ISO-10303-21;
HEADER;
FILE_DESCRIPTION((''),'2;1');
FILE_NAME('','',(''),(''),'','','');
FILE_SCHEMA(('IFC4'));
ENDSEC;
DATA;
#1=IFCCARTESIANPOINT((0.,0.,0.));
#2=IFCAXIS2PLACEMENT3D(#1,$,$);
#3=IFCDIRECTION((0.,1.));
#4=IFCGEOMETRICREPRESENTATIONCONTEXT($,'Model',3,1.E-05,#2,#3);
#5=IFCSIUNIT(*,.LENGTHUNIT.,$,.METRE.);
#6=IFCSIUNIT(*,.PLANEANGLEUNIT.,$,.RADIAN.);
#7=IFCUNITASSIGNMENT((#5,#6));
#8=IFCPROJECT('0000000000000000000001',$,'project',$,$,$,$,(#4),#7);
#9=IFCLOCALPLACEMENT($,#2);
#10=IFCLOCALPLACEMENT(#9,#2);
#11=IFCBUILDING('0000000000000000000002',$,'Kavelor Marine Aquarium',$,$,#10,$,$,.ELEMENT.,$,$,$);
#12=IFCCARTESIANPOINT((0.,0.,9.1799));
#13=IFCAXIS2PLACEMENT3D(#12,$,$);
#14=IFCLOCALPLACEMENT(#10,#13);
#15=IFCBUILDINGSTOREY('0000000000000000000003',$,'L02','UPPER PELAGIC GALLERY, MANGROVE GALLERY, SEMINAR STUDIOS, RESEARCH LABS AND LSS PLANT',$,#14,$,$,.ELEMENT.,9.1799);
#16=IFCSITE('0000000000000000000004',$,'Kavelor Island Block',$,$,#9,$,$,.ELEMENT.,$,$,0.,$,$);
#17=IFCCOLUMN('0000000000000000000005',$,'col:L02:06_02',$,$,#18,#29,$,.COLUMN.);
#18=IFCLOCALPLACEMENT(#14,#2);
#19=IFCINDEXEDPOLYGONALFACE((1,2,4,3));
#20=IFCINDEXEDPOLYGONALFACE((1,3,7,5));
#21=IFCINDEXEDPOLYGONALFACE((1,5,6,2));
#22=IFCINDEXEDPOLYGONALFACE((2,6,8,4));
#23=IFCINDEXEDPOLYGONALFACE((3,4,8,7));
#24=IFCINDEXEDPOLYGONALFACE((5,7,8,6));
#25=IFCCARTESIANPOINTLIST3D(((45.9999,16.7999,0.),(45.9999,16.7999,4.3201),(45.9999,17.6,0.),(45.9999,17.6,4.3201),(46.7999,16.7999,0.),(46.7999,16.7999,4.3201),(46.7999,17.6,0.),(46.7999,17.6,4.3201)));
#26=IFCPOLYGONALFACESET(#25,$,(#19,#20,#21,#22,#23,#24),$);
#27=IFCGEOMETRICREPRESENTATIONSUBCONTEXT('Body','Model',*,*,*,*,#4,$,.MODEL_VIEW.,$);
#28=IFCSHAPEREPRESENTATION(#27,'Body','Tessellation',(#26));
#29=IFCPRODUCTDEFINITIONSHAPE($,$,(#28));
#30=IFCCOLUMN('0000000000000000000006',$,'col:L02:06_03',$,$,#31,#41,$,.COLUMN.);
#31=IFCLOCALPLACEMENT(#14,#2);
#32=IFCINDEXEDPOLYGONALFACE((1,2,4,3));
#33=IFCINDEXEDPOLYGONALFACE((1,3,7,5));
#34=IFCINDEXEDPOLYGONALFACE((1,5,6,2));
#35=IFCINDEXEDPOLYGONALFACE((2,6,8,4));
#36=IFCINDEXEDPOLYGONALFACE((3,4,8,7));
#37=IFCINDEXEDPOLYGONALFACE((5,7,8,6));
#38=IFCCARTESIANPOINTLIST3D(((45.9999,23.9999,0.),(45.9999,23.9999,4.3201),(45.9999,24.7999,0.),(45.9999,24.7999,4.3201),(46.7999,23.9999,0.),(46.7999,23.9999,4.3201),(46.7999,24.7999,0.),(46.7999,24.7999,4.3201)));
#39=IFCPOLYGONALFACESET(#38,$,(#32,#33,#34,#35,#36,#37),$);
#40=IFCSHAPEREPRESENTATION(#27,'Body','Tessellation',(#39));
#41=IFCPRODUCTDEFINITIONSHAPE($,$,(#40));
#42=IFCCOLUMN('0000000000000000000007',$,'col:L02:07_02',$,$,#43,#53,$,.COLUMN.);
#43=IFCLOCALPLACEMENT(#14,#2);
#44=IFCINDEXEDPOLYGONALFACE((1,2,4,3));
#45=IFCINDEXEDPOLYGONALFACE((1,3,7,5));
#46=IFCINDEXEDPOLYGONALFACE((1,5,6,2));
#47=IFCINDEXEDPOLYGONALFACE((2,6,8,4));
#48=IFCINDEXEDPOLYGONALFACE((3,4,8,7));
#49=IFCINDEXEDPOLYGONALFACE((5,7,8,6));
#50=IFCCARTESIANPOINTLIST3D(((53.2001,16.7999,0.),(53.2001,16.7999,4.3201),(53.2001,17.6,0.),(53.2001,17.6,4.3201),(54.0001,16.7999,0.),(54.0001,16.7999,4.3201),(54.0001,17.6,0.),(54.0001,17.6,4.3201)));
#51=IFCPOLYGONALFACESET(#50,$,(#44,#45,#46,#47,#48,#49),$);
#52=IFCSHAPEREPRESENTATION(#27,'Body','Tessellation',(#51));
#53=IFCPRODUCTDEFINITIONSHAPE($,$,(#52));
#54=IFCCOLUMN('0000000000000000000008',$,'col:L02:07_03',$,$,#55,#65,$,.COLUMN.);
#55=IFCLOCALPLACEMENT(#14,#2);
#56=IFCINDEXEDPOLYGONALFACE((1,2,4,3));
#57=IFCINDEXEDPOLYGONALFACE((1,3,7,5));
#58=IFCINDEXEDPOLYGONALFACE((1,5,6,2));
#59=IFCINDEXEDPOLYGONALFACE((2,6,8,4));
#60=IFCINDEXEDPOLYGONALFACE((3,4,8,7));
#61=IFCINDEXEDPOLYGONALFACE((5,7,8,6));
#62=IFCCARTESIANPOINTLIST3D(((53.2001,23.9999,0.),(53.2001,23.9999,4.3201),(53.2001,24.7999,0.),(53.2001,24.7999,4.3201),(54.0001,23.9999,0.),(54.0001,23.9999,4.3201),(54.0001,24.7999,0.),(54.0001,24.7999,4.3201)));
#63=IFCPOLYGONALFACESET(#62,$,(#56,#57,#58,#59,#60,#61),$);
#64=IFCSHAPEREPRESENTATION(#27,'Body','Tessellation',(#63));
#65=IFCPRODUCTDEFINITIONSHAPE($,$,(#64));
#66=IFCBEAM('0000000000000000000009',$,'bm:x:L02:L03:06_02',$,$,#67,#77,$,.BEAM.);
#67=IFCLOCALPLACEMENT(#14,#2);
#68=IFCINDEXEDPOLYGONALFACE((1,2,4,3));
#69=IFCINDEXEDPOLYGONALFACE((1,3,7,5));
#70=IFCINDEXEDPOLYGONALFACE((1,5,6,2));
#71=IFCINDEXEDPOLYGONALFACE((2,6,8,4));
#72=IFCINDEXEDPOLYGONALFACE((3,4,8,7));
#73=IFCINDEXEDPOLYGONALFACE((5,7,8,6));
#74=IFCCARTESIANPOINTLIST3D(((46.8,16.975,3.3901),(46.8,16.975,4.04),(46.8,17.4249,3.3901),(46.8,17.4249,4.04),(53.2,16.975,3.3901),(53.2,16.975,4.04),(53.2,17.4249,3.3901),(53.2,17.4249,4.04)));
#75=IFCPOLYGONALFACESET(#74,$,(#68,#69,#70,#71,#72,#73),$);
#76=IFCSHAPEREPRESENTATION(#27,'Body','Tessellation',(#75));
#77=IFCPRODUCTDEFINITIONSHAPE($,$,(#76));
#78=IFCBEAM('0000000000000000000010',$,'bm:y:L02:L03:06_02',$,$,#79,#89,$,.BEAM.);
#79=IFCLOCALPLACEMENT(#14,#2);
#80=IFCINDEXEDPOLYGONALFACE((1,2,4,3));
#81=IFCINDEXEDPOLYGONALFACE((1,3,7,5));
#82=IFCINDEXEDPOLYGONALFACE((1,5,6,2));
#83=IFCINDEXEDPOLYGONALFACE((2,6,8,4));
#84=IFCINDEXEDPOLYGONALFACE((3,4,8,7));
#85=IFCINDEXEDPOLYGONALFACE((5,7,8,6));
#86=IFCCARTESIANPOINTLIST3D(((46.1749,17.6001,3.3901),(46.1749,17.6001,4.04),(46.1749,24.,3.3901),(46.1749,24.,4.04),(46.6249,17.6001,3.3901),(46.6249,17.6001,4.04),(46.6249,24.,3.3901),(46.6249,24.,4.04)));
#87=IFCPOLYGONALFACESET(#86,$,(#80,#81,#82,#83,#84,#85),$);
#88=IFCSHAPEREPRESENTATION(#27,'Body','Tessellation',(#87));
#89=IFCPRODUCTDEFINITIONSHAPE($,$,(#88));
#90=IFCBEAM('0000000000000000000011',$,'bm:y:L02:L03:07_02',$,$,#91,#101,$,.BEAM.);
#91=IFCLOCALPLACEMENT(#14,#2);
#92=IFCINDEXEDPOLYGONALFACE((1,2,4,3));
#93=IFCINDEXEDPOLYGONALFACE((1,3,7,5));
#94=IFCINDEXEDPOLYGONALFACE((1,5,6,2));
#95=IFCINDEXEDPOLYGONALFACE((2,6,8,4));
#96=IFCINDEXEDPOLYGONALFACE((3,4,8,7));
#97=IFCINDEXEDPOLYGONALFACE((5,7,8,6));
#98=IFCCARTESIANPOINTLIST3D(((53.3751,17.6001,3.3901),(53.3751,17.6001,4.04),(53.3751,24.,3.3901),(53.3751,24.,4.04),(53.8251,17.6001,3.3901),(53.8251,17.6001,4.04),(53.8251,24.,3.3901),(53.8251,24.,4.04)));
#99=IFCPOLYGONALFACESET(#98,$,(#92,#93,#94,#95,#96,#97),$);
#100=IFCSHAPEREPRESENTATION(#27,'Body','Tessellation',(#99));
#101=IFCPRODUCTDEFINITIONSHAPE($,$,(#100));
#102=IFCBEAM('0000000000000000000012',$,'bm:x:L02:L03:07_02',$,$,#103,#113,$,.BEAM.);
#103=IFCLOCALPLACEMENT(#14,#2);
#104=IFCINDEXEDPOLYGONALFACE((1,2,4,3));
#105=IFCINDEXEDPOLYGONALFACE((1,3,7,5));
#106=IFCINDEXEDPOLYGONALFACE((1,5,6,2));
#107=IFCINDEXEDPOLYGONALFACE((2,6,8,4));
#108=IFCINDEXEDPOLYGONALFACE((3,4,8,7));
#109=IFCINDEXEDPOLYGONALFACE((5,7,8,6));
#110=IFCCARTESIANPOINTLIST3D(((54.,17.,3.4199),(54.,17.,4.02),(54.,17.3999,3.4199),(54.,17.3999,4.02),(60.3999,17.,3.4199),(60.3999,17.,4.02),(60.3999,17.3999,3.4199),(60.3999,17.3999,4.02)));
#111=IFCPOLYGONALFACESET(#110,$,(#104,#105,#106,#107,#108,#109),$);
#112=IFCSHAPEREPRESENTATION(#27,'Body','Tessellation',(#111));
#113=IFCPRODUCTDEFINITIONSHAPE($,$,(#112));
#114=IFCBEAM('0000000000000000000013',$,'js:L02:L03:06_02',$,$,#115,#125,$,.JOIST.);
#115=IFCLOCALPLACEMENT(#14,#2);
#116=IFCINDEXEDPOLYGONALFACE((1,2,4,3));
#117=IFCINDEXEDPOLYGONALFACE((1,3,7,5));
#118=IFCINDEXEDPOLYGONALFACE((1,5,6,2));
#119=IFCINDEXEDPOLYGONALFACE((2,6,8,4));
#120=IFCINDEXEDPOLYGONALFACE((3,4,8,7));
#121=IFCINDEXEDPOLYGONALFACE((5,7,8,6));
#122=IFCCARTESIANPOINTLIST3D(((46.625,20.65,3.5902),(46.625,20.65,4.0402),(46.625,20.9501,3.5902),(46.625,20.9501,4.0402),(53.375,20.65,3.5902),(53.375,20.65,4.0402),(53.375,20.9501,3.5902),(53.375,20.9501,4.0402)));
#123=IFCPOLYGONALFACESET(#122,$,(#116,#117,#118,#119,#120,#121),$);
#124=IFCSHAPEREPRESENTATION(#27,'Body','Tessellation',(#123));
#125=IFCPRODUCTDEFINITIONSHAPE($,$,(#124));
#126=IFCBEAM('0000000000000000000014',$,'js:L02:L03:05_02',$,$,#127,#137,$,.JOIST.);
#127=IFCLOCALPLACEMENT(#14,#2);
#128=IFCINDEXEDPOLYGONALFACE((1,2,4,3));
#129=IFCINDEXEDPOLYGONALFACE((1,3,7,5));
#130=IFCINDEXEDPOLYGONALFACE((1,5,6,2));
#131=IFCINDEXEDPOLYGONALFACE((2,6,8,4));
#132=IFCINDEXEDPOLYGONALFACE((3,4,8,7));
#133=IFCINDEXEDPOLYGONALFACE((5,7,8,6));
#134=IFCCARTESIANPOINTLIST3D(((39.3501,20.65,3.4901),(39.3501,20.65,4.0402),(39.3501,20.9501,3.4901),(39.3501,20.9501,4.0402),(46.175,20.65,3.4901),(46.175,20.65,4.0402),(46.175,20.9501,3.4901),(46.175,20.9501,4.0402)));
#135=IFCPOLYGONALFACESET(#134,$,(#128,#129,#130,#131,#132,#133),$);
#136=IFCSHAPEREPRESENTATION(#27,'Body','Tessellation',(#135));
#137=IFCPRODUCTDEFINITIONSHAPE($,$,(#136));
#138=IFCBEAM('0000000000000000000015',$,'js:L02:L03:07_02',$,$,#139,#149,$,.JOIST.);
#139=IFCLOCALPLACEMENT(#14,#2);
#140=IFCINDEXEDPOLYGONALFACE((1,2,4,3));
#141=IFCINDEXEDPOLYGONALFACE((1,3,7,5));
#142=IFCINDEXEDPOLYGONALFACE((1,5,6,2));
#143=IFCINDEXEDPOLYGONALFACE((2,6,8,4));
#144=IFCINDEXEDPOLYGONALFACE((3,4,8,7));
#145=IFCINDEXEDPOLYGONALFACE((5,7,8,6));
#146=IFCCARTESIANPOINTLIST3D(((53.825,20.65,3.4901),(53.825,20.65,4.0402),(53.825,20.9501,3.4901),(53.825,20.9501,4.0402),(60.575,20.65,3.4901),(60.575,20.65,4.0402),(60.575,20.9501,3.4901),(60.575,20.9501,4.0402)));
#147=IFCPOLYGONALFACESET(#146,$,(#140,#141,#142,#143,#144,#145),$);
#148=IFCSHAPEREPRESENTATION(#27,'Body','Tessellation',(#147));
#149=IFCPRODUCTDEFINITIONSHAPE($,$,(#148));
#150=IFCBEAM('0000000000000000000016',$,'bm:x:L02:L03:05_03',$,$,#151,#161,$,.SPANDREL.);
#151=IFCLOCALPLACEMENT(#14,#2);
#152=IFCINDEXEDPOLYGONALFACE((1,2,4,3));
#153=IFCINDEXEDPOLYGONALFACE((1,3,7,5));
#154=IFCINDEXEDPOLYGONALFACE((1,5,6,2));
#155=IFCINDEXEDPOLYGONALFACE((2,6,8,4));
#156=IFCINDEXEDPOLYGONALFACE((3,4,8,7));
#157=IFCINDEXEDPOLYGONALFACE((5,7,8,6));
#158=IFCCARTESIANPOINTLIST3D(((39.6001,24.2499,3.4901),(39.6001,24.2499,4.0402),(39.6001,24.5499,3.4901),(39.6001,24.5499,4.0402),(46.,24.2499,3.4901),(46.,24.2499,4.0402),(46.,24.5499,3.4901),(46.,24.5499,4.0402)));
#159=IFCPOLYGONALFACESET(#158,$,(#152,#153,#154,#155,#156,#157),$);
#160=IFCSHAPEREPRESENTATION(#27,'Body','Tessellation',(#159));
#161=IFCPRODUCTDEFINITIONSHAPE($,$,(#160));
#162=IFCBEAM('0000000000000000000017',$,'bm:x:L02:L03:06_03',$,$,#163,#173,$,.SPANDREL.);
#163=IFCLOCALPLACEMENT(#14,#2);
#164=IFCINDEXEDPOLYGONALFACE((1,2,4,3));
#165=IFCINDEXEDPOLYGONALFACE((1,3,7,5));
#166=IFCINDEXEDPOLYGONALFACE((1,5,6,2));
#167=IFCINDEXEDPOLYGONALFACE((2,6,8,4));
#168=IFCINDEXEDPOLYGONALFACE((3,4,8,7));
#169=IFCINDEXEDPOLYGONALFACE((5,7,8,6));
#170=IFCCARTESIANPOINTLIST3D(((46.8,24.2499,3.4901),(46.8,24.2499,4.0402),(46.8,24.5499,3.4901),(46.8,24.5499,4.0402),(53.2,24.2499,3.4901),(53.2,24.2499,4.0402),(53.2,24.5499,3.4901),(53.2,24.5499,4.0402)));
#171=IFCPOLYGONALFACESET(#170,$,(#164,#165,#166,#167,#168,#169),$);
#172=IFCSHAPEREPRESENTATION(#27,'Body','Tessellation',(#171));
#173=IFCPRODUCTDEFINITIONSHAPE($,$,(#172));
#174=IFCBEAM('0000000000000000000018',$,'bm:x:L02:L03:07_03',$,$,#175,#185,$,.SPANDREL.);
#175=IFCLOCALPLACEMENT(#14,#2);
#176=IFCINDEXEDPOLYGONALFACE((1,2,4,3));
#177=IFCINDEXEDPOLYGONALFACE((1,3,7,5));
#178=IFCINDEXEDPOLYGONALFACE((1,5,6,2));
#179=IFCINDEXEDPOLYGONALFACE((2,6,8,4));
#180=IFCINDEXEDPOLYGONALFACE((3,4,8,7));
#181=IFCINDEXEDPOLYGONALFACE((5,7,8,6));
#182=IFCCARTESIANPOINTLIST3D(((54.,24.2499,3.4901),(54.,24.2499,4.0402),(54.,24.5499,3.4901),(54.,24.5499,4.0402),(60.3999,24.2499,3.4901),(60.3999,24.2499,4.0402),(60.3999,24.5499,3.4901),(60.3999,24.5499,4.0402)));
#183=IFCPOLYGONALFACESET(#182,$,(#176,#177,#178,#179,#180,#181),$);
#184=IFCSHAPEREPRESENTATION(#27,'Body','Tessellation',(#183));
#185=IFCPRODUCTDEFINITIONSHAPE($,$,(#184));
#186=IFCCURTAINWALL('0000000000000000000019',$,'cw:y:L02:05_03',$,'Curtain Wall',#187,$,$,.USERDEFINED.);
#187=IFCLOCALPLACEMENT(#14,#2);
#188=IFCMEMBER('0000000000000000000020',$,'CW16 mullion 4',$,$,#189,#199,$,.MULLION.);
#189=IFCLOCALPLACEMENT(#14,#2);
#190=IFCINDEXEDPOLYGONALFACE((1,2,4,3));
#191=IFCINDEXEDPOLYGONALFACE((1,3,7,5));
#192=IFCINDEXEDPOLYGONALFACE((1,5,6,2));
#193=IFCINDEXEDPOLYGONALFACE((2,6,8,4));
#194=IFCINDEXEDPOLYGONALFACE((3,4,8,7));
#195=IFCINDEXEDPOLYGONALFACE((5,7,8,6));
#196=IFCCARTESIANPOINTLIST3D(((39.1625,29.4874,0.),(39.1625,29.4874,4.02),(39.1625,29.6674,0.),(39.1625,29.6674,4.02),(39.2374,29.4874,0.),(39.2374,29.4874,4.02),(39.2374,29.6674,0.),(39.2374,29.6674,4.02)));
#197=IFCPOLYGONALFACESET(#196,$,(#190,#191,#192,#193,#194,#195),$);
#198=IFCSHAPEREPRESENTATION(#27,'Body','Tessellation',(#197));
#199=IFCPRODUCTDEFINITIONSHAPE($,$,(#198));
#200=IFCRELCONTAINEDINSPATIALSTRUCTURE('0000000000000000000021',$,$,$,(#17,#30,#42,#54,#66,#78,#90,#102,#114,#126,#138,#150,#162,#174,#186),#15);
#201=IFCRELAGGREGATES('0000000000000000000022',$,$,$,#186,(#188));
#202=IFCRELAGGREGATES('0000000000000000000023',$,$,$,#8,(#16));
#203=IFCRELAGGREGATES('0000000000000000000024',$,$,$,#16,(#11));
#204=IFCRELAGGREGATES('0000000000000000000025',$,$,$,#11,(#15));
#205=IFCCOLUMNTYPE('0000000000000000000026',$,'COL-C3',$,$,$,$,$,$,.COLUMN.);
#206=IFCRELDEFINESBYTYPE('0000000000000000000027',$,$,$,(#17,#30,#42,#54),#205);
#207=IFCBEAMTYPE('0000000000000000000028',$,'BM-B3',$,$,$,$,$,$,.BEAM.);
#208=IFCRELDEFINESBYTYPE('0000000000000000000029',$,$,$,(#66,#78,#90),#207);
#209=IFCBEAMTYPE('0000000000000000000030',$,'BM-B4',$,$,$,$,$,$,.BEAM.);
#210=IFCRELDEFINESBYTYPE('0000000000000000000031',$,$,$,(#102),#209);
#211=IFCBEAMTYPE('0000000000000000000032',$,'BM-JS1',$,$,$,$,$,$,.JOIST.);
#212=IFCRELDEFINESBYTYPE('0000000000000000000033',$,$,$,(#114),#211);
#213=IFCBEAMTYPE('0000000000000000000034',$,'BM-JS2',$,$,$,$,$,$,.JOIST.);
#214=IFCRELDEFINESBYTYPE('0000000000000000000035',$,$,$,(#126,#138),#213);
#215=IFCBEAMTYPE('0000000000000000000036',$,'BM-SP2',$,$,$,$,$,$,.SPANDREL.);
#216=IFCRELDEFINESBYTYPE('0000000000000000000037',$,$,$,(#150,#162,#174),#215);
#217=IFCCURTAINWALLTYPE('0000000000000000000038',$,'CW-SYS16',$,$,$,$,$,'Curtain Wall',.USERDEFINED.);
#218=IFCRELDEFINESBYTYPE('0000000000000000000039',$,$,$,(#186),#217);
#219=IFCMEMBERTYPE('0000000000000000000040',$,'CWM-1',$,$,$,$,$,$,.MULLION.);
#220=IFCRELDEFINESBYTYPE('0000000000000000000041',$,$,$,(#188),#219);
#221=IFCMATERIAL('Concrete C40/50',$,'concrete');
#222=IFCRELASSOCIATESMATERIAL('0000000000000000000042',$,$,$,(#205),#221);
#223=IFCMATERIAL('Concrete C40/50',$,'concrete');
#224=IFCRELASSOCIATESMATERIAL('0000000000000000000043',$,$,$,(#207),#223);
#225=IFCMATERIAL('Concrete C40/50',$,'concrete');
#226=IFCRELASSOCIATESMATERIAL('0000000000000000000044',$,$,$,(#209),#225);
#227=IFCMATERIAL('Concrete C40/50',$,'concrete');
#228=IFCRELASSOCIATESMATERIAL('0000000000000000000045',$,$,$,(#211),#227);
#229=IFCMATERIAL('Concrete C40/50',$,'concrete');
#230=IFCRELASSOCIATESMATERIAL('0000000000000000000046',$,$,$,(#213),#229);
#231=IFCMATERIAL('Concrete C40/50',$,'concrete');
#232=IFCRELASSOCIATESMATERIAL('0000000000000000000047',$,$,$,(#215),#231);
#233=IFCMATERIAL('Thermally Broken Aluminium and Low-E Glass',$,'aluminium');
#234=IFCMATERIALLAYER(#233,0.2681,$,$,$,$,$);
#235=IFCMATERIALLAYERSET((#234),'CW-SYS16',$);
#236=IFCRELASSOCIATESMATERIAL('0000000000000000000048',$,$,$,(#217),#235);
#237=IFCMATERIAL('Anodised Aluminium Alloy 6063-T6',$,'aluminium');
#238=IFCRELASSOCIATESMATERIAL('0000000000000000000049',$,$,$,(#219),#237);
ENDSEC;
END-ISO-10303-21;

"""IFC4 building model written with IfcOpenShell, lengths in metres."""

from ifc_helpers import new_model, si_unit, direction, frame, origin, origin_2d, place, context, subcontext, project, spatial, rectangle, extrude, material, layer, layer_set, material_profile, profile_set, type_object, element, aggregate, save


model = new_model("IFC4")

# Units and contexts
model_context = context("Model", 3, precision=1e-05, world=origin(), true_north=direction((0.0, 1.0)))
body_context = subcontext(model_context, "Body", "Model", "MODEL_VIEW")
ifc_project = project(units=[si_unit("LENGTHUNIT", "METRE"), si_unit("PLANEANGLEUNIT", "RADIAN")], contexts=[model_context])

# Site, building, storey
site_placement = place(None, origin())
site = spatial("IfcSite", under=ifc_project, at=site_placement, Name="Kavelor Island Block", CompositionType="ELEMENT", RefElevation=0.0)
building_placement = place(site_placement, origin())
building = spatial("IfcBuilding", under=site, at=building_placement, Name="Kavelor Marine Aquarium", CompositionType="ELEMENT")
storey_placement = place(building_placement, frame((0.0, 0.0, 9.1799)))
storey = spatial("IfcBuildingStorey", under=building, at=storey_placement, Name="L02", Description="UPPER PELAGIC GALLERY, MANGROVE GALLERY, SEMINAR STUDIOS, RESEARCH LABS AND LSS PLANT", CompositionType="ELEMENT", Elevation=9.1799)

# Columns
ifc_material_1 = material(Name="Concrete C40/50", Category="concrete")
ifc_material_profile_1 = material_profile(ifc_material_1, rectangle(XDim=0.8, YDim=0.8, at=origin_2d()), Name="RC-COL 800x800")
ifc_profile_set_1 = profile_set([ifc_material_profile_1], Name="Concrete C40/50")
column_type = type_object("IfcColumnType", Name="COL-C3", PredefinedType="COLUMN", material=ifc_profile_set_1)
for number, where, z_axis, x_axis, name in (
    (1, (46.3999, 17.2, 0.0), (0.0, 0.0, 1.0), (1.0, 0.0, 0.0), "col:L02:06_02"),
    (2, (46.3999, 24.3999, 0.0), (0.0, 0.0, 1.0), (1.0, 0.0, 0.0), "col:L02:06_03"),
    (3, (53.6001, 17.2, 0.0), (0.0, 0.0, 1.0), (1.0, 0.0, 0.0), "col:L02:07_02"),
    (4, (53.6001, 24.3999, 0.0), (0.0, 0.0, 1.0), (1.0, 0.0, 0.0), "col:L02:07_03"),
):
    element("IfcColumn", number, at=place(storey_placement, frame(where, z_axis=z_axis, x_axis=x_axis)), inside=storey, type_object=column_type, Name=name, PredefinedType="COLUMN", context=body_context, shape_type="SweptSolid", body=[
        extrude(rectangle(XDim=0.8, YDim=0.8, at=origin_2d()), origin(), (0.0, 0.0, 1.0), 4.3201),
    ])

# Beams
ifc_material_2 = material(Name="Concrete C40/50", Category="concrete")
ifc_material_profile_2 = material_profile(ifc_material_2, rectangle(XDim=0.45, YDim=0.6499, at=origin_2d()), Name="RC-BM 450x650")
ifc_profile_set_2 = profile_set([ifc_material_profile_2], Name="Concrete C40/50")
beam_type_1 = type_object("IfcBeamType", Name="BM-B3", PredefinedType="BEAM", material=ifc_profile_set_2)
for number, where, z_axis, x_axis, name in (
    (5, (46.8, 17.2, 3.7151), (1.0, 0.0, 0.0), (0.0, 1.0, 0.0), "bm:x:L02:L03:06_02"),
    (6, (46.3999, 17.6001, 3.7151), (0.0, 1.0, 0.0), (-1.0, 0.0, 0.0), "bm:y:L02:L03:06_02"),
    (7, (53.6001, 17.6001, 3.7151), (0.0, 1.0, 0.0), (-1.0, 0.0, 0.0), "bm:y:L02:L03:07_02"),
):
    element("IfcBeam", number, at=place(storey_placement, frame(where, z_axis=z_axis, x_axis=x_axis)), inside=storey, type_object=beam_type_1, Name=name, PredefinedType="BEAM", context=body_context, shape_type="SweptSolid", body=[
        extrude(rectangle(XDim=0.45, YDim=0.6499, at=origin_2d()), origin(), (0.0, 0.0, 1.0), 6.3999),
    ])
ifc_material_3 = material(Name="Concrete C40/50", Category="concrete")
ifc_material_profile_3 = material_profile(ifc_material_3, rectangle(XDim=0.3999, YDim=0.6001, at=origin_2d()), Name="RC-BM 400x600")
ifc_profile_set_3 = profile_set([ifc_material_profile_3], Name="Concrete C40/50")
beam_type_2 = type_object("IfcBeamType", Name="BM-B4", PredefinedType="BEAM", material=ifc_profile_set_3)
beam_1_placement = place(storey_placement, frame((54.0, 17.2, 3.72), z_axis=(1.0, 0.0, 0.0), x_axis=(0.0, 1.0, 0.0)))
element("IfcBeam", 8, at=beam_1_placement, inside=storey, type_object=beam_type_2, Name="bm:x:L02:L03:07_02", PredefinedType="BEAM", context=body_context, shape_type="SweptSolid", body=[
    extrude(rectangle(XDim=0.3999, YDim=0.6001, at=origin_2d()), origin(), (0.0, 0.0, 1.0), 6.3999),
])
ifc_material_4 = material(Name="Concrete C40/50", Category="concrete")
ifc_material_profile_4 = material_profile(ifc_material_4, rectangle(XDim=0.3, YDim=0.45, at=origin_2d()), Name="RC-JS 300x450")
ifc_profile_set_4 = profile_set([ifc_material_profile_4], Name="Concrete C40/50")
beam_type_3 = type_object("IfcBeamType", Name="BM-JS1", PredefinedType="JOIST", material=ifc_profile_set_4)
beam_2_placement = place(storey_placement, frame((46.625, 20.8, 3.8152), z_axis=(1.0, 0.0, 0.0), x_axis=(0.0, 1.0, 0.0)))
element("IfcBeam", 9, at=beam_2_placement, inside=storey, type_object=beam_type_3, Name="js:L02:L03:06_02", PredefinedType="JOIST", context=body_context, shape_type="SweptSolid", body=[
    extrude(rectangle(XDim=0.3, YDim=0.45, at=origin_2d()), origin(), (0.0, 0.0, 1.0), 6.75),
])
ifc_material_5 = material(Name="Concrete C40/50", Category="concrete")
ifc_material_profile_5 = material_profile(ifc_material_5, rectangle(XDim=0.3, YDim=0.55, at=origin_2d()), Name="RC-JS 300x550")
ifc_profile_set_5 = profile_set([ifc_material_profile_5], Name="Concrete C40/50")
beam_type_4 = type_object("IfcBeamType", Name="BM-JS2", PredefinedType="JOIST", material=ifc_profile_set_5)
beam_3_placement = place(storey_placement, frame((39.3501, 20.8, 3.7651), z_axis=(1.0, 0.0, 0.0), x_axis=(0.0, 1.0, 0.0)))
element("IfcBeam", 10, at=beam_3_placement, inside=storey, type_object=beam_type_4, Name="js:L02:L03:05_02", PredefinedType="JOIST", context=body_context, shape_type="SweptSolid", body=[
    extrude(rectangle(XDim=0.3, YDim=0.55, at=origin_2d()), origin(), (0.0, 0.0, 1.0), 6.825),
])
beam_4_placement = place(storey_placement, frame((53.825, 20.8, 3.7651), z_axis=(1.0, 0.0, 0.0), x_axis=(0.0, 1.0, 0.0)))
element("IfcBeam", 11, at=beam_4_placement, inside=storey, type_object=beam_type_4, Name="js:L02:L03:07_02", PredefinedType="JOIST", context=body_context, shape_type="SweptSolid", body=[
    extrude(rectangle(XDim=0.3, YDim=0.55, at=origin_2d()), origin(), (0.0, 0.0, 1.0), 6.75),
])
ifc_material_6 = material(Name="Concrete C40/50", Category="concrete")
ifc_material_profile_6 = material_profile(ifc_material_6, rectangle(XDim=0.3, YDim=0.55, at=origin_2d()), Name="RC-SP 300x550")
ifc_profile_set_6 = profile_set([ifc_material_profile_6], Name="Concrete C40/50")
beam_type_5 = type_object("IfcBeamType", Name="BM-SP2", PredefinedType="SPANDREL", material=ifc_profile_set_6)
for number, where, z_axis, x_axis, name in (
    (12, (39.6001, 24.3999, 3.7651), (1.0, 0.0, 0.0), (0.0, 1.0, 0.0), "bm:x:L02:L03:05_03"),
    (13, (46.8, 24.3999, 3.7651), (1.0, 0.0, 0.0), (0.0, 1.0, 0.0), "bm:x:L02:L03:06_03"),
    (14, (54.0, 24.3999, 3.7651), (1.0, 0.0, 0.0), (0.0, 1.0, 0.0), "bm:x:L02:L03:07_03"),
):
    element("IfcBeam", number, at=place(storey_placement, frame(where, z_axis=z_axis, x_axis=x_axis)), inside=storey, type_object=beam_type_5, Name=name, PredefinedType="SPANDREL", context=body_context, shape_type="SweptSolid", body=[
        extrude(rectangle(XDim=0.3, YDim=0.55, at=origin_2d()), origin(), (0.0, 0.0, 1.0), 6.3999),
    ])

# Curtain wall, member
ifc_material_7 = material(Name="Thermally Broken Aluminium and Low-E Glass", Category="aluminium")
ifc_layer_1 = layer(ifc_material_7, 0.2681)
ifc_layer_set_1 = layer_set([ifc_layer_1], Name="CW-SYS16")
curtain_wall_type = type_object("IfcCurtainWallType", Name="CW-SYS16", ElementType="Curtain Wall", PredefinedType="USERDEFINED", material=ifc_layer_set_1)
curtain_wall_placement = place(storey_placement, origin())
curtain_wall = element("IfcCurtainWall", 15, at=curtain_wall_placement, inside=storey, type_object=curtain_wall_type, Name="cw:y:L02:05_03", ObjectType="Curtain Wall", PredefinedType="USERDEFINED")
ifc_material_8 = material(Name="Anodised Aluminium Alloy 6063-T6", Category="aluminium")
ifc_material_profile_7 = material_profile(ifc_material_8, rectangle(XDim=0.075, YDim=0.1799, at=origin_2d()), Name="CW-MUL 75x180")
ifc_profile_set_7 = profile_set([ifc_material_profile_7], Name="Anodised Aluminium Alloy 6063-T6")
member_type_1 = type_object("IfcMemberType", Name="CWM-1", PredefinedType="MULLION", material=ifc_profile_set_7)
member_1_placement = place(storey_placement, frame((39.2, 29.5774, 0.0), z_axis=(0.0, 0.0, 1.0), x_axis=(-1.0, 0.0, 0.0)))
member_1 = element("IfcMember", 16, at=member_1_placement, type_object=member_type_1, Name="CW16 mullion 4", PredefinedType="MULLION", context=body_context, shape_type="SweptSolid", body=[
    extrude(rectangle(XDim=0.075, YDim=0.1799, at=origin_2d()), origin(), (0.0, 0.0, 1.0), 4.02),
])
aggregate(curtain_wall, [member_1])

save(model, "model.ifc")
